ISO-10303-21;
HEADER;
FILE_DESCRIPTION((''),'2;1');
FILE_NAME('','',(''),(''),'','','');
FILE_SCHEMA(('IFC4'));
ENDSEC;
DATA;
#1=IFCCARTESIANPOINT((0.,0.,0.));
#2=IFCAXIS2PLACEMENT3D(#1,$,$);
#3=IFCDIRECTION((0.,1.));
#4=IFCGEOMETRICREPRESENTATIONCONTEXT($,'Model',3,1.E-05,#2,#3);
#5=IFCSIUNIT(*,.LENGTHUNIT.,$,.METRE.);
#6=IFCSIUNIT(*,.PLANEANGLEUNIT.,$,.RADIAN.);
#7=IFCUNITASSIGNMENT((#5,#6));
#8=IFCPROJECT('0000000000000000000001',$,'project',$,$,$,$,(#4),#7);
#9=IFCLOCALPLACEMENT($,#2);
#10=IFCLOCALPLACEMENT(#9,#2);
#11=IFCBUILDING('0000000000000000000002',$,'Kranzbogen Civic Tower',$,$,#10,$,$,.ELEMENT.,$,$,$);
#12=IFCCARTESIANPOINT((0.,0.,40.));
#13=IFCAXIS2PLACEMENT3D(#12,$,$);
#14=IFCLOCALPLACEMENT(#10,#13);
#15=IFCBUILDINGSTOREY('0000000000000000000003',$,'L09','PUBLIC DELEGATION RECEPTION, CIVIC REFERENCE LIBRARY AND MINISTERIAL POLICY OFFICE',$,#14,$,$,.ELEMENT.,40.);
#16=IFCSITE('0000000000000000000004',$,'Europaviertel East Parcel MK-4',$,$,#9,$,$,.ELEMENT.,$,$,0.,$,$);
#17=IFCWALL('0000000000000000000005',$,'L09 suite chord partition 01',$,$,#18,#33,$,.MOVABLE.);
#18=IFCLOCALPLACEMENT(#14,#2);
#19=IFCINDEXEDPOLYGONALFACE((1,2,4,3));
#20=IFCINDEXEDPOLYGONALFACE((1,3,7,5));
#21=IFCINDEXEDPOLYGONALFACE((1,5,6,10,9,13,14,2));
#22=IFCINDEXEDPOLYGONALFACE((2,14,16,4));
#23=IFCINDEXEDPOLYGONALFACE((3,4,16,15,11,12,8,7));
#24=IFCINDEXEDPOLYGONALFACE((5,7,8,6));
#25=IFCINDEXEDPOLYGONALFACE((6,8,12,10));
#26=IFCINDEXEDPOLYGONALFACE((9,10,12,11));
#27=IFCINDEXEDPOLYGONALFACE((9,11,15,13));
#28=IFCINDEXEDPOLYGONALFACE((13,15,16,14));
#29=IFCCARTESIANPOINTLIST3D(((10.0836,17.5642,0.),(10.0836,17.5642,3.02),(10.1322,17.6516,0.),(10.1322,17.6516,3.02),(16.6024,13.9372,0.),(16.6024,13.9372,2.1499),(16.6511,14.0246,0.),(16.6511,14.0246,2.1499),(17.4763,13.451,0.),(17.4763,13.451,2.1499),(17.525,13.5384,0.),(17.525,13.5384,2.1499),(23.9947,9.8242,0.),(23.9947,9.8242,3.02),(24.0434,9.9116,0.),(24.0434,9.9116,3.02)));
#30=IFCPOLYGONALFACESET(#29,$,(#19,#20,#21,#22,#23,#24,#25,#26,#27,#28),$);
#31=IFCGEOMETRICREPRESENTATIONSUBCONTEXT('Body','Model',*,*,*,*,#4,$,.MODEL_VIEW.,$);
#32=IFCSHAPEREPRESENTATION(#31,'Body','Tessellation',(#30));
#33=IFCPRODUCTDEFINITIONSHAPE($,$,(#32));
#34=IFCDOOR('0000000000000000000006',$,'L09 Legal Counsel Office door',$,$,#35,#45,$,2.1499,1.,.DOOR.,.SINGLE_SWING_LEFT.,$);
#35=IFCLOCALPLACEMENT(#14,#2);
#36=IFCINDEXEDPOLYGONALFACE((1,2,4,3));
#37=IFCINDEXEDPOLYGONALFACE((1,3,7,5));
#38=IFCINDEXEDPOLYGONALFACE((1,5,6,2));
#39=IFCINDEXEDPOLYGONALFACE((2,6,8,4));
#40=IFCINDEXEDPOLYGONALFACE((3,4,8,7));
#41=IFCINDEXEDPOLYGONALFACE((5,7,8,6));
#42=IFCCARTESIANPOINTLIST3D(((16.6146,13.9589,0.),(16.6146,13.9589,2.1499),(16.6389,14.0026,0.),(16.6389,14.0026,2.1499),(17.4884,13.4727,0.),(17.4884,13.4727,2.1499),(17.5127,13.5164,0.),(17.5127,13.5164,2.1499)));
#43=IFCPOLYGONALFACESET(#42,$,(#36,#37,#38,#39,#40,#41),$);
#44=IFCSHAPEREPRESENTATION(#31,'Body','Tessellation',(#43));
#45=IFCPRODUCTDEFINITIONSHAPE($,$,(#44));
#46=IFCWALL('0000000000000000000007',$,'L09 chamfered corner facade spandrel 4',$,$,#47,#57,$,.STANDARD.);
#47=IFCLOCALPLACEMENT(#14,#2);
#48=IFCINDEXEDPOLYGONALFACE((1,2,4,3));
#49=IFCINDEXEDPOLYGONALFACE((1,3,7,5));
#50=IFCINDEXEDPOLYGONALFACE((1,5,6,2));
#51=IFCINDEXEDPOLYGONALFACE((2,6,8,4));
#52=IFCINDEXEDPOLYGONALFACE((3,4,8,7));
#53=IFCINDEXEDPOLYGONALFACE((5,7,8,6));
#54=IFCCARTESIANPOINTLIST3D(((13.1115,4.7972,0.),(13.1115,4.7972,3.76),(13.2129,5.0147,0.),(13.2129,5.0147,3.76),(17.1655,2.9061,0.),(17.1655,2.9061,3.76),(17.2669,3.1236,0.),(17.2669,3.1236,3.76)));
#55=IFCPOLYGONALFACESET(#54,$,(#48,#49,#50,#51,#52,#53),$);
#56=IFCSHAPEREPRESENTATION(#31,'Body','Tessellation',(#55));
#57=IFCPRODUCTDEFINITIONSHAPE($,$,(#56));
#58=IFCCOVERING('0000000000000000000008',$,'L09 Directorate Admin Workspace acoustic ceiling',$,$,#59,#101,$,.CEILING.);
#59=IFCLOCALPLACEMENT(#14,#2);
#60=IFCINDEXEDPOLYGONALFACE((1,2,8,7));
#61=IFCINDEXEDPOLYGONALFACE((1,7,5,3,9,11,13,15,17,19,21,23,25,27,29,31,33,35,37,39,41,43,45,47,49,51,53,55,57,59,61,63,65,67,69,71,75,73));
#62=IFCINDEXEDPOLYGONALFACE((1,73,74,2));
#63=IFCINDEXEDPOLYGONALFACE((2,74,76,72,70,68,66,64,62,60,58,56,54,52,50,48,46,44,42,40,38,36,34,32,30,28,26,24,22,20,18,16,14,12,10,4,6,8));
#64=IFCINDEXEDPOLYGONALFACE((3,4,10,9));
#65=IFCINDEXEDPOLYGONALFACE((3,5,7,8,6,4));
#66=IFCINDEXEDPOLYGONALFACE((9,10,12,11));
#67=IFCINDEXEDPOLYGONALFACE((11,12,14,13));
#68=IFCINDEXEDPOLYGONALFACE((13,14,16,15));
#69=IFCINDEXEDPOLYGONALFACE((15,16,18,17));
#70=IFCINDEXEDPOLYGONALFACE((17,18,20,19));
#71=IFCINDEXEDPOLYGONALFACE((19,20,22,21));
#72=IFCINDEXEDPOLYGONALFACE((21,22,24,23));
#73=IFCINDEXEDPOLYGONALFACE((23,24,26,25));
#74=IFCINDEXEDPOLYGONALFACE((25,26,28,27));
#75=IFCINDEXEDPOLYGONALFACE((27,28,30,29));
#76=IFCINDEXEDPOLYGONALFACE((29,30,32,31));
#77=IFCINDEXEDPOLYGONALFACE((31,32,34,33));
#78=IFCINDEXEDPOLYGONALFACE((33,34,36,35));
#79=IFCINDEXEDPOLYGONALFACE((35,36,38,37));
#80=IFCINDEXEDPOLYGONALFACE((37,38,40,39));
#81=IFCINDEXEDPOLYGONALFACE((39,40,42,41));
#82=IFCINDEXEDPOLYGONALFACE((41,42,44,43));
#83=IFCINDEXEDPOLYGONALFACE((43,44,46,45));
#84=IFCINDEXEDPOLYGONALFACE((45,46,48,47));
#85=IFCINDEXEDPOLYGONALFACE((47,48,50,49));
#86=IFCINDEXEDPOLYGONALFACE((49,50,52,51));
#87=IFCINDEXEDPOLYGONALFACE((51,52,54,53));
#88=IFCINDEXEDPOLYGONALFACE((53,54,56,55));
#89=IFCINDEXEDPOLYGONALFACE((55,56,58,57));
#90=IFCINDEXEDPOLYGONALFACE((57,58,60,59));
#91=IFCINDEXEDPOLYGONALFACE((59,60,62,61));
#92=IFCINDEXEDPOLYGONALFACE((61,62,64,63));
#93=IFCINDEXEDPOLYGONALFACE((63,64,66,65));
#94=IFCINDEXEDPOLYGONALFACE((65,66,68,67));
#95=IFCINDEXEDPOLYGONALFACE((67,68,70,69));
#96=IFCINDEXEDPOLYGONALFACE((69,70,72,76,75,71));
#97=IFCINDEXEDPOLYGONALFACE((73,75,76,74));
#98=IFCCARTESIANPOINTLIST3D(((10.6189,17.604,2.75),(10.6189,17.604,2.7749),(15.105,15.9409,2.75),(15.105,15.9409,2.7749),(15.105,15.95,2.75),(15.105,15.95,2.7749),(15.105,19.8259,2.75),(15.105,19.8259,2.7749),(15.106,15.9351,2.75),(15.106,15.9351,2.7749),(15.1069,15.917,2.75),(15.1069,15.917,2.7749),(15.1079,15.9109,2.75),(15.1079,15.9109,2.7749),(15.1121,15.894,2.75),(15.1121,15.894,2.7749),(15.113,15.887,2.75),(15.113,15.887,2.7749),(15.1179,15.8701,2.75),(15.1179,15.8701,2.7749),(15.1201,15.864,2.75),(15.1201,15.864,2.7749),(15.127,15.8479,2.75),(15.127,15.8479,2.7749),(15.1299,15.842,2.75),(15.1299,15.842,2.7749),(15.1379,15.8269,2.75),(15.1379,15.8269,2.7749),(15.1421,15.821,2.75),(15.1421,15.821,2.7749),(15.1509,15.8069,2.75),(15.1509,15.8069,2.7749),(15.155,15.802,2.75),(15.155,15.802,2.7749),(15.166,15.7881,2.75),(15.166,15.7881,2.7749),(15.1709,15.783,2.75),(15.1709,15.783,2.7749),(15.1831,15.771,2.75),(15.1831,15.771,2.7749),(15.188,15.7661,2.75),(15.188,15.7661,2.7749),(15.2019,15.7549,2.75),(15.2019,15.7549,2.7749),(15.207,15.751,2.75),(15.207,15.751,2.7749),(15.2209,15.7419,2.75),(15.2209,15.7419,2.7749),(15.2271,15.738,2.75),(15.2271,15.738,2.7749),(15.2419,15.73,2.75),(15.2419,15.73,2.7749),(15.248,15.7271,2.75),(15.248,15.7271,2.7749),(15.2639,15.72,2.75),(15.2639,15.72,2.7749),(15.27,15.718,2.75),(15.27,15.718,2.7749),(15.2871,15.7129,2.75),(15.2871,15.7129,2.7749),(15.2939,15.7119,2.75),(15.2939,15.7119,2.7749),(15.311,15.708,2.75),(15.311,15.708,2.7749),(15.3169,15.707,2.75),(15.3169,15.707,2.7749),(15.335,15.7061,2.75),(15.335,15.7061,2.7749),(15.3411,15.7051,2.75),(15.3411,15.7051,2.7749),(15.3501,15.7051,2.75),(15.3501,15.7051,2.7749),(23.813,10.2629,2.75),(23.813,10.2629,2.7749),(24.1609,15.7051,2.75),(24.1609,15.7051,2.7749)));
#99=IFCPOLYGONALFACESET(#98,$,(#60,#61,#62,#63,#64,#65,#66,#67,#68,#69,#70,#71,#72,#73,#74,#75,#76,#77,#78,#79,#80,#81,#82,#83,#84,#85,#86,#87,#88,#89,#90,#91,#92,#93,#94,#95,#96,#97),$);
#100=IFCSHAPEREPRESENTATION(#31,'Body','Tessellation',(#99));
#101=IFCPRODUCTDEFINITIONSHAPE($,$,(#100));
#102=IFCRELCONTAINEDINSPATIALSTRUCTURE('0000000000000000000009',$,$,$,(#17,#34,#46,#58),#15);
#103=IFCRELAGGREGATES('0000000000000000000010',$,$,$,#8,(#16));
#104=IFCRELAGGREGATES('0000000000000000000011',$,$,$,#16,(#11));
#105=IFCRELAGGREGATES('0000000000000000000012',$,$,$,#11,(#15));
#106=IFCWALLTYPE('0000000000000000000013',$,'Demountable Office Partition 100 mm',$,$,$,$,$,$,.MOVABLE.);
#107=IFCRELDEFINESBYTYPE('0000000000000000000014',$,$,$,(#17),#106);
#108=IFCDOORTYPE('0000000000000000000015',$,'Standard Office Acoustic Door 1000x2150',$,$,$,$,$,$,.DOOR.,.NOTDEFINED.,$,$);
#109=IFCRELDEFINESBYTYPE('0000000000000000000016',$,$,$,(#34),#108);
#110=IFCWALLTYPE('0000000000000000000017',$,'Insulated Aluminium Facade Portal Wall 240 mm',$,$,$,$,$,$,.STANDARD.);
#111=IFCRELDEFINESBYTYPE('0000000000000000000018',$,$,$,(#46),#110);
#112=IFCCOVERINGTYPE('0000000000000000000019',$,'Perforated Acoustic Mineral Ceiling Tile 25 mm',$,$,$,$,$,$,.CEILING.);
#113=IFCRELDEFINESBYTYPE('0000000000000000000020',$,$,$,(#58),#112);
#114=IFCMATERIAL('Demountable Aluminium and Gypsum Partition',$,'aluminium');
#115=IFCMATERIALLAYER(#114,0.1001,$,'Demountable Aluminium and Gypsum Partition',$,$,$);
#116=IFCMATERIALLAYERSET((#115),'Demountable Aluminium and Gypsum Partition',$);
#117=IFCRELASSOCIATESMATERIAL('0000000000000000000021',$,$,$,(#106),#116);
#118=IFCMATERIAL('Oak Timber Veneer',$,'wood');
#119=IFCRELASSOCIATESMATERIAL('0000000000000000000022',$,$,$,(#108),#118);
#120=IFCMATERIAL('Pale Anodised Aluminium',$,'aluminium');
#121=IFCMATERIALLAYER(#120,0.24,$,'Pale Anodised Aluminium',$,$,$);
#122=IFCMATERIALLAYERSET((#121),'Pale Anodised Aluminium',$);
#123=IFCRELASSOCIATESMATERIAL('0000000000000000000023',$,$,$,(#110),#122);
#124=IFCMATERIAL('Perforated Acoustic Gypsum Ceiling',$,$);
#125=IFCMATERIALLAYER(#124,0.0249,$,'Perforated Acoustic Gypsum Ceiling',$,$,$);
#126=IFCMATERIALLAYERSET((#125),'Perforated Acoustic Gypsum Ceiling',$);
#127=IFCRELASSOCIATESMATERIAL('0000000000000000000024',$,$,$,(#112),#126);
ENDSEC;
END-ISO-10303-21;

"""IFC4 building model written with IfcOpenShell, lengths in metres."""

from ifc_helpers import new_model, si_unit, direction, frame, frame_2d, origin, place, context, subcontext, project, spatial, polyline, rectangle, outline, extrude, material, layer, layer_set, type_object, element, fill, save


model = new_model("IFC4")

# Units and contexts
model_context = context("Model", 3, precision=1e-05, world=origin(), true_north=direction((0.0, 1.0)))
body_context = subcontext(model_context, "Body", "Model", "MODEL_VIEW")
ifc_project = project(units=[si_unit("LENGTHUNIT", "METRE"), si_unit("PLANEANGLEUNIT", "RADIAN")], contexts=[model_context])

# Site, building, storey
site_placement = place(None, origin())
site = spatial("IfcSite", under=ifc_project, at=site_placement, Name="Europaviertel East Parcel MK-4", CompositionType="ELEMENT", RefElevation=0.0)
building_placement = place(site_placement, origin())
building = spatial("IfcBuilding", under=site, at=building_placement, Name="Kranzbogen Civic Tower", CompositionType="ELEMENT")
storey_placement = place(building_placement, frame((0.0, 0.0, 40.0)))
storey = spatial("IfcBuildingStorey", under=building, at=storey_placement, Name="L09", Description="PUBLIC DELEGATION RECEPTION, CIVIC REFERENCE LIBRARY AND MINISTERIAL POLICY OFFICE", CompositionType="ELEMENT", Elevation=40.0)

# Shared definitions
ifc_material_1 = material(Name="Pale Anodised Aluminium", Category="aluminium")

# Wall, opening, door
ifc_material_2 = material(Name="Demountable Aluminium and Gypsum Partition", Category="aluminium")
ifc_layer_1 = layer(ifc_material_2, 0.1001, Name="Demountable Aluminium and Gypsum Partition")
ifc_layer_set_1 = layer_set([ifc_layer_1], Name="Demountable Aluminium and Gypsum Partition")
wall_type_1 = type_object("IfcWallType", Name="Demountable Office Partition 100 mm", PredefinedType="MOVABLE", material=ifc_layer_set_1)
wall_1_placement = place(storey_placement, frame((10.1079, 17.6079, 0.0), z_axis=(0.0, 0.0, 1.0), x_axis=(0.873848, -0.486199, 0.0)))
wall_1 = element("IfcWall", 1, at=wall_1_placement, inside=storey, type_object=wall_type_1, Name="L09 suite chord partition 01", PredefinedType="MOVABLE", context=body_context, shape_type="SweptSolid", body=[
    extrude(rectangle(XDim=15.9194, YDim=0.1001, at=frame_2d((7.9597, 0.0))), origin(), (0.0, 0.0, 1.0), 3.02),
])
opening_placement = place(wall_1_placement, frame((7.46, 0.0, 0.0)))
opening = element("IfcOpeningElement", 2, at=opening_placement, cuts=wall_1, PredefinedType="OPENING", context=body_context, shape_type="SweptSolid", body=[
    extrude(rectangle(XDim=1.0, YDim=2.1499, at=frame_2d((0.5, 1.075))), frame((0.0, 0.0601, 0.0), z_axis=(0.0, -1.0, 0.0), x_axis=(1.0, 0.0, 0.0)), (0.0, 0.0, 1.0), 0.1201),
])
ifc_material_3 = material(Name="Oak Timber Veneer", Category="wood")
door_type = type_object("IfcDoorType", Name="Standard Office Acoustic Door 1000x2150", OperationType="NOTDEFINED", PredefinedType="DOOR", material=ifc_material_3)
door_placement = place(opening_placement, origin())
door = element("IfcDoor", 3, at=door_placement, inside=storey, type_object=door_type, Name="L09 Legal Counsel Office door", OperationType="SINGLE_SWING_LEFT", OverallHeight=2.1499, OverallWidth=1.0, PredefinedType="DOOR", context=body_context, shape_type="SweptSolid", body=[
    extrude(rectangle(XDim=1.0, YDim=2.1499, at=frame_2d((0.5, 1.075))), frame((0.0, 0.0249, 0.0), z_axis=(0.0, -1.0, 0.0), x_axis=(1.0, 0.0, 0.0)), (0.0, 0.0, 1.0), 0.05),
])
fill(opening, door)

# Wall
ifc_layer_2 = layer(ifc_material_1, 0.24, Name="Pale Anodised Aluminium")
ifc_layer_set_2 = layer_set([ifc_layer_2], Name="Pale Anodised Aluminium")
wall_type_2 = type_object("IfcWallType", Name="Insulated Aluminium Facade Portal Wall 240 mm", PredefinedType="STANDARD", material=ifc_layer_set_2)
wall_2_placement = place(storey_placement, frame((13.1621, 4.906, 0.0), z_axis=(0.0, 0.0, 1.0), x_axis=(0.906246, -0.422751, 0.0)))
element("IfcWall", 4, at=wall_2_placement, inside=storey, type_object=wall_type_2, Name="L09 chamfered corner facade spandrel 4", PredefinedType="STANDARD", context=body_context, shape_type="SweptSolid", body=[
    extrude(rectangle(XDim=4.4734, YDim=0.24, at=frame_2d((2.2368, 0.0))), origin(), (0.0, 0.0, 1.0), 3.76),
])

# Covering
ifc_material_4 = material(Name="Perforated Acoustic Gypsum Ceiling")
ifc_layer_3 = layer(ifc_material_4, 0.0249, Name="Perforated Acoustic Gypsum Ceiling")
ifc_layer_set_3 = layer_set([ifc_layer_3], Name="Perforated Acoustic Gypsum Ceiling")
covering_type = type_object("IfcCoveringType", Name="Perforated Acoustic Mineral Ceiling Tile 25 mm", PredefinedType="CEILING", material=ifc_layer_set_3)
covering_1_placement = place(storey_placement, frame((0.0, 0.0, 2.75)))
element("IfcCovering", 5, at=covering_1_placement, inside=storey, type_object=covering_type, Name="L09 Directorate Admin Workspace acoustic ceiling", PredefinedType="CEILING", context=body_context, shape_type="SweptSolid", body=[
    extrude(outline(polyline([(15.105, 15.95), (15.105, 15.9409), (15.106, 15.9351), (15.1069, 15.917), (15.1079, 15.9109), (15.1121, 15.894), (15.113, 15.887), (15.1179, 15.8701), (15.1201, 15.864), (15.127, 15.8479), (15.1299, 15.842), (15.1379, 15.8269), (15.1421, 15.821), (15.1509, 15.8069), (15.155, 15.802), (15.166, 15.7881), (15.1709, 15.783), (15.1831, 15.771), (15.188, 15.7661), (15.2019, 15.7549), (15.207, 15.751), (15.2209, 15.7419), (15.2271, 15.738), (15.2419, 15.73), (15.248, 15.7271), (15.2639, 15.72), (15.27, 15.718), (15.2871, 15.7129), (15.2939, 15.7119), (15.311, 15.708), (15.3169, 15.707), (15.335, 15.7061), (15.3411, 15.7051), (15.3501, 15.7051), (24.1609, 15.7051), (23.813, 10.2629), (10.6189, 17.604), (15.105, 19.8259), (15.105, 15.95)])), origin(), (0.0, 0.0, 1.0), 0.0249),
])

save(model, "model.ifc")
